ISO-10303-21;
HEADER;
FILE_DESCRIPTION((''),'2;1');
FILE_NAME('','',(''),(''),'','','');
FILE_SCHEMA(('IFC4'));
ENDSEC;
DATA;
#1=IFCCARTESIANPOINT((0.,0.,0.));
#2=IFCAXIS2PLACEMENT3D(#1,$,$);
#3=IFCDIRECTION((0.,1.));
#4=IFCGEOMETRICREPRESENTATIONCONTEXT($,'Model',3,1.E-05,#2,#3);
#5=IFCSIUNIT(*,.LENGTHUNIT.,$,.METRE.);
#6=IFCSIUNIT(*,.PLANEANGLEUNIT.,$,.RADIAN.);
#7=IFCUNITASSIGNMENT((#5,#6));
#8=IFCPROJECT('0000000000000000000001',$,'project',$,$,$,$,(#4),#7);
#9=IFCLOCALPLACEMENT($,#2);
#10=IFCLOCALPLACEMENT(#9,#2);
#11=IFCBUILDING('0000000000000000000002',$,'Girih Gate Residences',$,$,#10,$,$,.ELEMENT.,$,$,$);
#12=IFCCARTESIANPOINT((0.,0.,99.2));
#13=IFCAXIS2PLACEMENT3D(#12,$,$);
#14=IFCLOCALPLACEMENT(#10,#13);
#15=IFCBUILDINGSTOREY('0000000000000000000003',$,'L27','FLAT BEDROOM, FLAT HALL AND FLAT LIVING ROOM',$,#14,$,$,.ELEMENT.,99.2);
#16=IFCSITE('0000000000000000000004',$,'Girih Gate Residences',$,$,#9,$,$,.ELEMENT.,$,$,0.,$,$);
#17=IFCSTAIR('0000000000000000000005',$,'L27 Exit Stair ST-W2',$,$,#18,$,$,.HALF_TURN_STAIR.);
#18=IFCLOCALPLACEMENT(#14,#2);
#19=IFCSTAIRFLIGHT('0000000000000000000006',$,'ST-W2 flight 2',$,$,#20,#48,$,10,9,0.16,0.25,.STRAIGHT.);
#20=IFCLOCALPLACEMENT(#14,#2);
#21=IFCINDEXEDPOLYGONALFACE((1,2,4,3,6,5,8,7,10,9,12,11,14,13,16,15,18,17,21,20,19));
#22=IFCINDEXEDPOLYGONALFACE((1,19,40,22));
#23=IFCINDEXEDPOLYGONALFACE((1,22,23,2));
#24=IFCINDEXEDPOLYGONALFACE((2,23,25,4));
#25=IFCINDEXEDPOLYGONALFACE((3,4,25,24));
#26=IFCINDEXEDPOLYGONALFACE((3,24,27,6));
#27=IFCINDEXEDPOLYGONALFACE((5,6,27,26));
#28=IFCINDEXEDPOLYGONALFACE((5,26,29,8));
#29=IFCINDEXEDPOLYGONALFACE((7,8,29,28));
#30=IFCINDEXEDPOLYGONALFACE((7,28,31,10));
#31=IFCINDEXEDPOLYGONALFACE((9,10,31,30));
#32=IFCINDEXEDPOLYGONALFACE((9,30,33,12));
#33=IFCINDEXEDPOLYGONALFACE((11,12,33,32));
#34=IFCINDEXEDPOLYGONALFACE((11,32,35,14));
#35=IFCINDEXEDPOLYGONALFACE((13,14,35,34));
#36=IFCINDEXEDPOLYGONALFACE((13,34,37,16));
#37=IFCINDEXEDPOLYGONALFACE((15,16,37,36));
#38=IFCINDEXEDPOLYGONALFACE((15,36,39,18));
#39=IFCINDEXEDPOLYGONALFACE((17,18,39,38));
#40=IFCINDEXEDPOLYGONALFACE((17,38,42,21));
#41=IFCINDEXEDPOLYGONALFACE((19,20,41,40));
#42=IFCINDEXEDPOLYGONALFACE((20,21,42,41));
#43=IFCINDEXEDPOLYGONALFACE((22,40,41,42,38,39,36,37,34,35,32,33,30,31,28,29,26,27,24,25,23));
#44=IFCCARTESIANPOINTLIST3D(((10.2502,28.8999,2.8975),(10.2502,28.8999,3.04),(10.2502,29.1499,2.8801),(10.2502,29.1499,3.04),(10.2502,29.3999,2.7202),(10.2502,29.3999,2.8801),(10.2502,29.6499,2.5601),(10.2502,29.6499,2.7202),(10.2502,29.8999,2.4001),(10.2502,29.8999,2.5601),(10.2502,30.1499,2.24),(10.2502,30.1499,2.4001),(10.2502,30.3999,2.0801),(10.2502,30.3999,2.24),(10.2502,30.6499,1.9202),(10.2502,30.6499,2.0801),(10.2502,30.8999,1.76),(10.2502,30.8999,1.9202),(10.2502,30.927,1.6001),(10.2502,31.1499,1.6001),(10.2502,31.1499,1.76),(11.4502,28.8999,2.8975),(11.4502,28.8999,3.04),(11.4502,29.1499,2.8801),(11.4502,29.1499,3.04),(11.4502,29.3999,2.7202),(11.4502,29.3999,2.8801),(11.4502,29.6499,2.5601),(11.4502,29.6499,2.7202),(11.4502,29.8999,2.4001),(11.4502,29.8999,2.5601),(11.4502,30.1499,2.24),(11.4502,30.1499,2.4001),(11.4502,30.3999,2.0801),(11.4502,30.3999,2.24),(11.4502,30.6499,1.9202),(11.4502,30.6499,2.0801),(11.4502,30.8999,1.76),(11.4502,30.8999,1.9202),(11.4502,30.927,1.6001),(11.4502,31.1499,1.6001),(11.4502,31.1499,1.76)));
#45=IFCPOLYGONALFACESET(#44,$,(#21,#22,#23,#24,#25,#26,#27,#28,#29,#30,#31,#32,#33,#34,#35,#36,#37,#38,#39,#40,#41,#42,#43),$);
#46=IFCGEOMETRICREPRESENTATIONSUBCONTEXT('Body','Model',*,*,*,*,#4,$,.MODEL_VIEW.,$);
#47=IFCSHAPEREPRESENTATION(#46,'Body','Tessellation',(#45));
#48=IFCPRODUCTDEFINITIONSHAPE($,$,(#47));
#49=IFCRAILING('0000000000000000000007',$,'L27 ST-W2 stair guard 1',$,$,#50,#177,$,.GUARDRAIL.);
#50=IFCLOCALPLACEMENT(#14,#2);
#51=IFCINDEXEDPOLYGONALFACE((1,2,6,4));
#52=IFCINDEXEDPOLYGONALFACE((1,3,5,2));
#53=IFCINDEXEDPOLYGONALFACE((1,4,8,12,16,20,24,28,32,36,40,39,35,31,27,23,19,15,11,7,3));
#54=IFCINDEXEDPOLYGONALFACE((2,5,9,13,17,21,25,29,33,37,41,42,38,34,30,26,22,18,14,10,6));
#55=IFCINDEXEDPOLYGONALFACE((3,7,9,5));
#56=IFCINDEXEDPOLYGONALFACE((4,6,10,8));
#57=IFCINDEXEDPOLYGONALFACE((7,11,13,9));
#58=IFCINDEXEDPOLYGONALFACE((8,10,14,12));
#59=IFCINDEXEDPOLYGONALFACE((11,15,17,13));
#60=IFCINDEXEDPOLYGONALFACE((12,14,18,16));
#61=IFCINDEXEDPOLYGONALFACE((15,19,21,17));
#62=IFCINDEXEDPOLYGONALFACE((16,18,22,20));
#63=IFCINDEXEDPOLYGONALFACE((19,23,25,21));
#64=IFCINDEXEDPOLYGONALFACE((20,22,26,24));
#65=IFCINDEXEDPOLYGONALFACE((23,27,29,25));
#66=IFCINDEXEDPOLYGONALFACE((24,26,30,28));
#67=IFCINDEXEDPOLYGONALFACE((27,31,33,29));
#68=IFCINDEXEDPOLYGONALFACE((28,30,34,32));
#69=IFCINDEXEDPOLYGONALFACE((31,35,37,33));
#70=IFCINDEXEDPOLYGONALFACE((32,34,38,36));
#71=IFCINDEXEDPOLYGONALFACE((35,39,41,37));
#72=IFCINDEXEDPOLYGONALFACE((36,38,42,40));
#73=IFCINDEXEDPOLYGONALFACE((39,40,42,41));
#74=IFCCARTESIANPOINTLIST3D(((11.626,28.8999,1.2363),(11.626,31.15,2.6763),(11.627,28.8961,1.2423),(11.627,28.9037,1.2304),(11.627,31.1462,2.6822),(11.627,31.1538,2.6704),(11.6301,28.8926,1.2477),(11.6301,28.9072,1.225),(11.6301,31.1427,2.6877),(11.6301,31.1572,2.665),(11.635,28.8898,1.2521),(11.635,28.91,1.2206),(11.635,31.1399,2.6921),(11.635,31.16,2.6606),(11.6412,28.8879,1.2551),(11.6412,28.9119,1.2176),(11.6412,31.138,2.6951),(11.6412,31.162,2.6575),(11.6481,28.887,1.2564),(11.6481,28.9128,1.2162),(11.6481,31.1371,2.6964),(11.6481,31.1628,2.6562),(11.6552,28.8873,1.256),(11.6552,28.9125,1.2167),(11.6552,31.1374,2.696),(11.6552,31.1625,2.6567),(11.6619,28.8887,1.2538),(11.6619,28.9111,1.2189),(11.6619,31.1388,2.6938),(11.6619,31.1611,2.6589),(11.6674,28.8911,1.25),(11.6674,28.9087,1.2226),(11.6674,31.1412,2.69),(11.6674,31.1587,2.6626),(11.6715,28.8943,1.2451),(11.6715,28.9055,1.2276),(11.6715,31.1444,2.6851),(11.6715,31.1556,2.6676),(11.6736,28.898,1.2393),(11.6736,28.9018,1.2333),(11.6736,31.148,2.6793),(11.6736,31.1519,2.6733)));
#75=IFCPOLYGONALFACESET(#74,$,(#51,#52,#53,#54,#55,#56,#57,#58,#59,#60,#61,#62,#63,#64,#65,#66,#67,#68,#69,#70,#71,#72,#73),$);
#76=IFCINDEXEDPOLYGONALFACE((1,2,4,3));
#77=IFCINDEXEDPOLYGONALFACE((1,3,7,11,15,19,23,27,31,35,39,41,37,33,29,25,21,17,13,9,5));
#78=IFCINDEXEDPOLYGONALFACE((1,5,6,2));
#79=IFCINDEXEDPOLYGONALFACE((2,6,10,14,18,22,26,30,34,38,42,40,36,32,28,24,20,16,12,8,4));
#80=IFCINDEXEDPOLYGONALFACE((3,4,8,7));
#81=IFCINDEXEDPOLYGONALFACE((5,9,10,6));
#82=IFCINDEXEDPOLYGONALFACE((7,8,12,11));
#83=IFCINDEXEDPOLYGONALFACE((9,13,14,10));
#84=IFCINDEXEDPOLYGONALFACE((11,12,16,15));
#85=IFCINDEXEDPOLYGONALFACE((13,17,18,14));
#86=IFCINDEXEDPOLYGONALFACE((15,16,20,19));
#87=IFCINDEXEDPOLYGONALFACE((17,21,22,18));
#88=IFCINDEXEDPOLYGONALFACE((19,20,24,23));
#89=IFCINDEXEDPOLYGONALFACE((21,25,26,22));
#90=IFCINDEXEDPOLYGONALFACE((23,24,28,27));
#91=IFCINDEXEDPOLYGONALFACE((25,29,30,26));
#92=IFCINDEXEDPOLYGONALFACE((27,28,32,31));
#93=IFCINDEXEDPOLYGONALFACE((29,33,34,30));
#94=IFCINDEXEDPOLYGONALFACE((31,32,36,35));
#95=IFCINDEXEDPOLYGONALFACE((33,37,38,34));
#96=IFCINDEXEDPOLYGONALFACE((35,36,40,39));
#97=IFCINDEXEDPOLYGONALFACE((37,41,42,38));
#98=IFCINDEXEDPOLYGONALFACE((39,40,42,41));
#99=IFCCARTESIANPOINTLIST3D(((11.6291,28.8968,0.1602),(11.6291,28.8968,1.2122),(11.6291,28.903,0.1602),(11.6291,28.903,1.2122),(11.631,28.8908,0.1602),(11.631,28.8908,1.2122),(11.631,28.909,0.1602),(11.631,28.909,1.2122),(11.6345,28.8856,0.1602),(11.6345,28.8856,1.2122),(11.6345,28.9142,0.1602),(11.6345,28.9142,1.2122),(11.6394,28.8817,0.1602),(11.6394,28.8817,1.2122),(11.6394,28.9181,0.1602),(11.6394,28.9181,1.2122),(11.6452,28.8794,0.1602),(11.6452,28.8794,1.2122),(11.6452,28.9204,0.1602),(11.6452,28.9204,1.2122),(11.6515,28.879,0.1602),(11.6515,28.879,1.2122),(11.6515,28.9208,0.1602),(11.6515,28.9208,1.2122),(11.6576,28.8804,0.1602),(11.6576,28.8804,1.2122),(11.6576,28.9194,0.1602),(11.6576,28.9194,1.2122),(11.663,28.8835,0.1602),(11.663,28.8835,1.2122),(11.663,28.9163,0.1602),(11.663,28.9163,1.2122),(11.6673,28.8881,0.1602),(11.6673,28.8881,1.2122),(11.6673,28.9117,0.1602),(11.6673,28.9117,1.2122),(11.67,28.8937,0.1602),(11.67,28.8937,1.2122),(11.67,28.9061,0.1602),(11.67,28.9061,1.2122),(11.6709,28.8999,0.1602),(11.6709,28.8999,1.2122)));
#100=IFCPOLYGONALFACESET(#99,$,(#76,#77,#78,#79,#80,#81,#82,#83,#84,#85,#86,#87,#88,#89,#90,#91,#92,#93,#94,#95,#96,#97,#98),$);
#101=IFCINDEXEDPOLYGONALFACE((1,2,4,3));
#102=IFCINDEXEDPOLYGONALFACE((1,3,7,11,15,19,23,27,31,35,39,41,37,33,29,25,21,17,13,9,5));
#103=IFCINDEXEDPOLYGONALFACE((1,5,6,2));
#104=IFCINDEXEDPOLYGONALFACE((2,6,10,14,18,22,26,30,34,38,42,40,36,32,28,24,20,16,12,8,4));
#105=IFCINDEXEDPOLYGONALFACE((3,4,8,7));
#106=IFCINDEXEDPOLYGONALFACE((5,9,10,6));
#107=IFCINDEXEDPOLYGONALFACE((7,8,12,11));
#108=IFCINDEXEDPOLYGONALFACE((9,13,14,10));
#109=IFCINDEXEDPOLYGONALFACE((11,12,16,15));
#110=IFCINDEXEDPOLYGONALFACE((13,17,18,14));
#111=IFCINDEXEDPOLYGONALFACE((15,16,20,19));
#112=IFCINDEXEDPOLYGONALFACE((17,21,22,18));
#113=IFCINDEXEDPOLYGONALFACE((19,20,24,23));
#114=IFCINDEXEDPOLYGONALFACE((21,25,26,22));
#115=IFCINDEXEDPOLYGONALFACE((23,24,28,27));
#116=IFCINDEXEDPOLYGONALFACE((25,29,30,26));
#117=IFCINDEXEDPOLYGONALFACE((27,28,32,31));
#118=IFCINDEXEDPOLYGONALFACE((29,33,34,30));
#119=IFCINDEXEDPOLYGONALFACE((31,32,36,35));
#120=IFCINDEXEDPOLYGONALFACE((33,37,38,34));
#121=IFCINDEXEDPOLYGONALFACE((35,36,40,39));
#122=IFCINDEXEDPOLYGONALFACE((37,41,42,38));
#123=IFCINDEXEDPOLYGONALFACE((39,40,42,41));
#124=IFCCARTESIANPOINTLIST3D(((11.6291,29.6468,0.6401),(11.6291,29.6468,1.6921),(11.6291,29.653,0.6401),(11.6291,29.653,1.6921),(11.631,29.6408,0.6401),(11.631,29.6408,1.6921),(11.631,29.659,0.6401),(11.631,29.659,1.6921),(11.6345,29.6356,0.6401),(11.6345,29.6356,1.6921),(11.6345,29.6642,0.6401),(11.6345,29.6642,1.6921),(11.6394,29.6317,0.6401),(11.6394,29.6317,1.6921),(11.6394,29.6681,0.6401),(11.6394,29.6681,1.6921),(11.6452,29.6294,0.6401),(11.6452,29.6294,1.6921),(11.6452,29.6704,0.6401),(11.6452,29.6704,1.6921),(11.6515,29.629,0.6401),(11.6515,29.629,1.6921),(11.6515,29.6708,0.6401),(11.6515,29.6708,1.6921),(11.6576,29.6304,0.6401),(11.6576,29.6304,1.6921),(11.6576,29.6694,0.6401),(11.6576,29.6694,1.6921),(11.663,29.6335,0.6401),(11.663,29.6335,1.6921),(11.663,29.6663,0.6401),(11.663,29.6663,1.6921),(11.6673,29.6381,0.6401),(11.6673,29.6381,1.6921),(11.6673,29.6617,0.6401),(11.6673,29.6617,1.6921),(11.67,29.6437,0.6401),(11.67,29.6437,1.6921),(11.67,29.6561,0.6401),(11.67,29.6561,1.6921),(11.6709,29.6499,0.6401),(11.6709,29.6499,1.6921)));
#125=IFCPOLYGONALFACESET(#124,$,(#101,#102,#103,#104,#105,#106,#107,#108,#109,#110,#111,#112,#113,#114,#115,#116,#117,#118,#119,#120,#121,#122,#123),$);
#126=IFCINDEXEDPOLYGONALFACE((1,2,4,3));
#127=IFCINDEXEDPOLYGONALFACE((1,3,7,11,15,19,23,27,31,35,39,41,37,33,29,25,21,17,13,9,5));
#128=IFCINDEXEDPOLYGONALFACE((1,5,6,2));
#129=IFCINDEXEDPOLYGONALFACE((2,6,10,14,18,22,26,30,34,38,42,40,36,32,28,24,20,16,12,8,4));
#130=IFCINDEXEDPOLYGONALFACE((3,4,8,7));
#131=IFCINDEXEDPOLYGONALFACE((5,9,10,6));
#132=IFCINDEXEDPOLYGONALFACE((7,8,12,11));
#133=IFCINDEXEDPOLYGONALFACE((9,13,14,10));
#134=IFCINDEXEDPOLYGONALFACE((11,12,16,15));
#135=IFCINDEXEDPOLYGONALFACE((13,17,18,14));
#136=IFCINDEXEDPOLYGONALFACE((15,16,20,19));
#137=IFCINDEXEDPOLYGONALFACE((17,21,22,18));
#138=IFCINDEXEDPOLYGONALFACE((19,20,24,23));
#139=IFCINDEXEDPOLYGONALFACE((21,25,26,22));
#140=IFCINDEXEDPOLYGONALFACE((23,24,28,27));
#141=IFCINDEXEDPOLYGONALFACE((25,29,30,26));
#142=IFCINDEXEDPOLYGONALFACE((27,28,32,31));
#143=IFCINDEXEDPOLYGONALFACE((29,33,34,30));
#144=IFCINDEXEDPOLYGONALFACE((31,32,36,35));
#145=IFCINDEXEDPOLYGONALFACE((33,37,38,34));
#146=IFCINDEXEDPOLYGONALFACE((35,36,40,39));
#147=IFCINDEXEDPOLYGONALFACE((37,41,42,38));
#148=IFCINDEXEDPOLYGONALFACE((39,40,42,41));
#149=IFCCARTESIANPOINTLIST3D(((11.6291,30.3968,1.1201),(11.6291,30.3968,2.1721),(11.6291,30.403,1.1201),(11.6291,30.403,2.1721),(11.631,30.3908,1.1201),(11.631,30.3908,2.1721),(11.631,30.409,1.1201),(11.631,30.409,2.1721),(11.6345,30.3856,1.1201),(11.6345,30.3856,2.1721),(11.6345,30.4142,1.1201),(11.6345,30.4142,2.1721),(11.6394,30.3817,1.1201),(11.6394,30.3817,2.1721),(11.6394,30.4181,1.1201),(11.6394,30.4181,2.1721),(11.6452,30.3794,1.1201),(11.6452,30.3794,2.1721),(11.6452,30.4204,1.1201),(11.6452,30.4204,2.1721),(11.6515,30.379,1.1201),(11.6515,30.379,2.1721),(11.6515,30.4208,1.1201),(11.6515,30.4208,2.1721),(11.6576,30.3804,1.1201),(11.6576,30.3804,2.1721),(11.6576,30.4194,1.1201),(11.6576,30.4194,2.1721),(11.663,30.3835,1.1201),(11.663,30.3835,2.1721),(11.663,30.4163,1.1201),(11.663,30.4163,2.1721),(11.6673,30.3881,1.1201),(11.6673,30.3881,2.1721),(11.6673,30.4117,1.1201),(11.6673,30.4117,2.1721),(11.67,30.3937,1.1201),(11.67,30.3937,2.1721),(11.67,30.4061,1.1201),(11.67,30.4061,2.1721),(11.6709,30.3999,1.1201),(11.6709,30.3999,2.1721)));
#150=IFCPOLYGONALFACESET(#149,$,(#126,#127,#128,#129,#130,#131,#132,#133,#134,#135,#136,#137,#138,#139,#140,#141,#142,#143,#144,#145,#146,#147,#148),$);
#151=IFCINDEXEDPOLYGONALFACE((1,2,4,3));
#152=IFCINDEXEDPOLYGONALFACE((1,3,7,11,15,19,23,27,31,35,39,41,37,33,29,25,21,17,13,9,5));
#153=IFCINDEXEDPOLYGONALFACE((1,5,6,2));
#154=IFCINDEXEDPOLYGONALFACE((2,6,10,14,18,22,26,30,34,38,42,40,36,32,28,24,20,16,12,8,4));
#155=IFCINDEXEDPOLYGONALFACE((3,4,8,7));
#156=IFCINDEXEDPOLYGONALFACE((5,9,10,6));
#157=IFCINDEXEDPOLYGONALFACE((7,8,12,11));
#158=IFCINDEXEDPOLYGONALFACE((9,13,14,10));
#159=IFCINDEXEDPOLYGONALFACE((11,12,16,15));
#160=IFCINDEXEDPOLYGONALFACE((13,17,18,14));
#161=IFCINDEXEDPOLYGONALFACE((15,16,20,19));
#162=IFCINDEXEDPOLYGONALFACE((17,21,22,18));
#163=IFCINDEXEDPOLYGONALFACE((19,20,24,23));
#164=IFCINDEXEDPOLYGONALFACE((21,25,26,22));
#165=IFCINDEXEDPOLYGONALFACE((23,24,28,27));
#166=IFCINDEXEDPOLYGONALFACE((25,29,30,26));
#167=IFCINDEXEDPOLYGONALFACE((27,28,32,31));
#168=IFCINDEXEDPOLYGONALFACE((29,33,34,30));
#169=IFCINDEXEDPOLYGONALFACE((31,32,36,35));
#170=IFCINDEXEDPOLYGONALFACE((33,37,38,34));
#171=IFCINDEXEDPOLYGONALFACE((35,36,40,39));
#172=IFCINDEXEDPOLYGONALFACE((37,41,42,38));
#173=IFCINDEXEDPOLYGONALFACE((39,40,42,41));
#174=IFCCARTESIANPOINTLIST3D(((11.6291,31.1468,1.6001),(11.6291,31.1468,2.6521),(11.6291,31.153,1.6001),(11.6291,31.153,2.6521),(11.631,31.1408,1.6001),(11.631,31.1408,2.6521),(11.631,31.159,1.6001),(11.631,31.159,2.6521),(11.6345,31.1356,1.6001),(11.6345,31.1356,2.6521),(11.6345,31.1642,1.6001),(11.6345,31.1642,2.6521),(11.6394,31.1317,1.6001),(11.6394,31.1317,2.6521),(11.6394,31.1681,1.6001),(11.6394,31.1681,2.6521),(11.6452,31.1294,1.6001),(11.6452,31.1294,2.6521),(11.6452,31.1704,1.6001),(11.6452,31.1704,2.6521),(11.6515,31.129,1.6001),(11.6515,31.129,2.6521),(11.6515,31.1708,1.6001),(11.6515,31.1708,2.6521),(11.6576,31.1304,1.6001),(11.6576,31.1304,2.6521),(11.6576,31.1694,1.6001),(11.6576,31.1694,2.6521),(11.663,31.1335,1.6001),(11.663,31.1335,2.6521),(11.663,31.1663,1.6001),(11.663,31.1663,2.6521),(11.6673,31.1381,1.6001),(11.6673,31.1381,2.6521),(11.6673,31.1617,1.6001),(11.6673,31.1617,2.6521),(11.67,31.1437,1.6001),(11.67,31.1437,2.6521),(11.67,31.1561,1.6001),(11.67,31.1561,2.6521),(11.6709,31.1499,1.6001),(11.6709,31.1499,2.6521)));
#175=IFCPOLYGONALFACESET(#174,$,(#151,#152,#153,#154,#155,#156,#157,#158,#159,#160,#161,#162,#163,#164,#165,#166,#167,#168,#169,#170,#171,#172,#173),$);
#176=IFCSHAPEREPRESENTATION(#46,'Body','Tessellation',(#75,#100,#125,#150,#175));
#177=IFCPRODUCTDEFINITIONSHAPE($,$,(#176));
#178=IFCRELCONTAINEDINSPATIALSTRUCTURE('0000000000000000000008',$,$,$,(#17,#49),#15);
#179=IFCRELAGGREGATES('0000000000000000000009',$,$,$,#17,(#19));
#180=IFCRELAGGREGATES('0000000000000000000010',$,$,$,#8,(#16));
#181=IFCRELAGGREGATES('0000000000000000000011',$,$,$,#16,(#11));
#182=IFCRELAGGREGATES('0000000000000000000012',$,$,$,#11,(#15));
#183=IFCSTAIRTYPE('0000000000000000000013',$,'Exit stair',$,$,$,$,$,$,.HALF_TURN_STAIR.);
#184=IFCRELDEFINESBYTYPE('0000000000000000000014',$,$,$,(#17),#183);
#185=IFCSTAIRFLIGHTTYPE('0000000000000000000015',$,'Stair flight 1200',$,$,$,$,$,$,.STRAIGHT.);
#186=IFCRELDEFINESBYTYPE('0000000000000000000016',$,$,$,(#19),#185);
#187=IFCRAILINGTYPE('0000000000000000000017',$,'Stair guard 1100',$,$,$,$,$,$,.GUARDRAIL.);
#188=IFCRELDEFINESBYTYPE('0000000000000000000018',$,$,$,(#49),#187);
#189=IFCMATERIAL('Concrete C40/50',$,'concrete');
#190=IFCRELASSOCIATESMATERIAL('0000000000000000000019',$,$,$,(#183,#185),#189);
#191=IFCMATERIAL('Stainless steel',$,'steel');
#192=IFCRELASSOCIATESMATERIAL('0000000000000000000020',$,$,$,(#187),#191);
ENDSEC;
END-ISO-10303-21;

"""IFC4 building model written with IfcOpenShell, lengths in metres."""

from ifc_helpers import new_model, si_unit, direction, frame, origin, origin_2d, place, context, subcontext, project, spatial, polyline, circle, outline, extrude, material, type_object, element, aggregate, save


model = new_model("IFC4")

# Units and contexts
model_context = context("Model", 3, precision=1e-05, world=origin(), true_north=direction((0.0, 1.0)))
body_context = subcontext(model_context, "Body", "Model", "MODEL_VIEW")
ifc_project = project(units=[si_unit("LENGTHUNIT", "METRE"), si_unit("PLANEANGLEUNIT", "RADIAN")], contexts=[model_context])

# Site, building, storey
site_placement = place(None, origin())
site = spatial("IfcSite", under=ifc_project, at=site_placement, Name="Girih Gate Residences", CompositionType="ELEMENT", RefElevation=0.0)
building_placement = place(site_placement, origin())
building = spatial("IfcBuilding", under=site, at=building_placement, Name="Girih Gate Residences", CompositionType="ELEMENT")
storey_placement = place(building_placement, frame((0.0, 0.0, 99.2)))
storey = spatial("IfcBuildingStorey", under=building, at=storey_placement, Name="L27", Description="FLAT BEDROOM, FLAT HALL AND FLAT LIVING ROOM", CompositionType="ELEMENT", Elevation=99.2)

# Shared definitions
ifc_material_1 = material(Name="Concrete C40/50", Category="concrete")

# Stair, stair flight
stair_type = type_object("IfcStairType", Name="Exit stair", PredefinedType="HALF_TURN_STAIR", material=ifc_material_1)
stair_placement = place(storey_placement, origin())
stair = element("IfcStair", 1, at=stair_placement, inside=storey, type_object=stair_type, Name="L27 Exit Stair ST-W2", PredefinedType="HALF_TURN_STAIR")
stair_flight_type = type_object("IfcStairFlightType", Name="Stair flight 1200", PredefinedType="STRAIGHT", material=ifc_material_1)
stair_flight_1_placement = place(storey_placement, frame((10.8501, 31.1499, 1.6001), z_axis=(0.0, 0.0, 1.0), x_axis=(0.0, -1.0, 0.0)))
stair_flight_1 = element("IfcStairFlight", 2, at=stair_flight_1_placement, type_object=stair_flight_type, Name="ST-W2 flight 2", NumberOfRisers=10, NumberOfTreads=9, PredefinedType="STRAIGHT", RiserHeight=0.16, TreadLength=0.25, context=body_context, shape_type="SweptSolid", body=[
    extrude(outline(polyline([(0.0, 0.0), (0.0, 0.1599), (0.25, 0.1599), (0.25, 0.3201), (0.5, 0.3201), (0.5, 0.48), (0.75, 0.48), (0.75, 0.6399), (1.0, 0.6399), (1.0, 0.8), (1.25, 0.8), (1.25, 0.96), (1.5, 0.96), (1.5, 1.1201), (1.75, 1.1201), (1.75, 1.28), (2.0, 1.28), (2.0, 1.4399), (2.25, 1.4399), (2.25, 1.6001), (2.25, 1.2974), (0.2229, 0.0), (0.0, 0.0)])), frame((0.0, 0.6001, 0.0), z_axis=(0.0, -1.0, 0.0), x_axis=(1.0, 0.0, 0.0)), (0.0, 0.0, 1.0), 1.2),
])
aggregate(stair, [stair_flight_1])

# Railing
ifc_material_2 = material(Name="Stainless steel", Category="steel")
railing_type_1 = type_object("IfcRailingType", Name="Stair guard 1100", PredefinedType="GUARDRAIL", material=ifc_material_2)
railing_1_placement = place(storey_placement, frame((11.6499, 28.8999, 0.1602)))
element("IfcRailing", 3, at=railing_1_placement, inside=storey, type_object=railing_type_1, Name="L27 ST-W2 stair guard 1", PredefinedType="GUARDRAIL", context=body_context, shape_type="SweptSolid", body=[
    extrude(circle(Radius=0.0239, at=origin_2d()), frame((0.0, 0.0, 1.0762), z_axis=(0.0, 0.842281, 0.539038), x_axis=(-1.0, 0.0, 0.0)), (0.0, 0.0, 1.0), 2.6714),
    extrude(circle(Radius=0.021, at=origin_2d()), origin(), (0.0, 0.0, 1.0), 1.052),
    extrude(circle(Radius=0.021, at=origin_2d()), frame((0.0, 0.75, 0.48)), (0.0, 0.0, 1.0), 1.052),
    extrude(circle(Radius=0.021, at=origin_2d()), frame((0.0, 1.5, 0.96)), (0.0, 0.0, 1.0), 1.052),
    extrude(circle(Radius=0.021, at=origin_2d()), frame((0.0, 2.25, 1.4399)), (0.0, 0.0, 1.0), 1.052),
])

save(model, "model.ifc")
